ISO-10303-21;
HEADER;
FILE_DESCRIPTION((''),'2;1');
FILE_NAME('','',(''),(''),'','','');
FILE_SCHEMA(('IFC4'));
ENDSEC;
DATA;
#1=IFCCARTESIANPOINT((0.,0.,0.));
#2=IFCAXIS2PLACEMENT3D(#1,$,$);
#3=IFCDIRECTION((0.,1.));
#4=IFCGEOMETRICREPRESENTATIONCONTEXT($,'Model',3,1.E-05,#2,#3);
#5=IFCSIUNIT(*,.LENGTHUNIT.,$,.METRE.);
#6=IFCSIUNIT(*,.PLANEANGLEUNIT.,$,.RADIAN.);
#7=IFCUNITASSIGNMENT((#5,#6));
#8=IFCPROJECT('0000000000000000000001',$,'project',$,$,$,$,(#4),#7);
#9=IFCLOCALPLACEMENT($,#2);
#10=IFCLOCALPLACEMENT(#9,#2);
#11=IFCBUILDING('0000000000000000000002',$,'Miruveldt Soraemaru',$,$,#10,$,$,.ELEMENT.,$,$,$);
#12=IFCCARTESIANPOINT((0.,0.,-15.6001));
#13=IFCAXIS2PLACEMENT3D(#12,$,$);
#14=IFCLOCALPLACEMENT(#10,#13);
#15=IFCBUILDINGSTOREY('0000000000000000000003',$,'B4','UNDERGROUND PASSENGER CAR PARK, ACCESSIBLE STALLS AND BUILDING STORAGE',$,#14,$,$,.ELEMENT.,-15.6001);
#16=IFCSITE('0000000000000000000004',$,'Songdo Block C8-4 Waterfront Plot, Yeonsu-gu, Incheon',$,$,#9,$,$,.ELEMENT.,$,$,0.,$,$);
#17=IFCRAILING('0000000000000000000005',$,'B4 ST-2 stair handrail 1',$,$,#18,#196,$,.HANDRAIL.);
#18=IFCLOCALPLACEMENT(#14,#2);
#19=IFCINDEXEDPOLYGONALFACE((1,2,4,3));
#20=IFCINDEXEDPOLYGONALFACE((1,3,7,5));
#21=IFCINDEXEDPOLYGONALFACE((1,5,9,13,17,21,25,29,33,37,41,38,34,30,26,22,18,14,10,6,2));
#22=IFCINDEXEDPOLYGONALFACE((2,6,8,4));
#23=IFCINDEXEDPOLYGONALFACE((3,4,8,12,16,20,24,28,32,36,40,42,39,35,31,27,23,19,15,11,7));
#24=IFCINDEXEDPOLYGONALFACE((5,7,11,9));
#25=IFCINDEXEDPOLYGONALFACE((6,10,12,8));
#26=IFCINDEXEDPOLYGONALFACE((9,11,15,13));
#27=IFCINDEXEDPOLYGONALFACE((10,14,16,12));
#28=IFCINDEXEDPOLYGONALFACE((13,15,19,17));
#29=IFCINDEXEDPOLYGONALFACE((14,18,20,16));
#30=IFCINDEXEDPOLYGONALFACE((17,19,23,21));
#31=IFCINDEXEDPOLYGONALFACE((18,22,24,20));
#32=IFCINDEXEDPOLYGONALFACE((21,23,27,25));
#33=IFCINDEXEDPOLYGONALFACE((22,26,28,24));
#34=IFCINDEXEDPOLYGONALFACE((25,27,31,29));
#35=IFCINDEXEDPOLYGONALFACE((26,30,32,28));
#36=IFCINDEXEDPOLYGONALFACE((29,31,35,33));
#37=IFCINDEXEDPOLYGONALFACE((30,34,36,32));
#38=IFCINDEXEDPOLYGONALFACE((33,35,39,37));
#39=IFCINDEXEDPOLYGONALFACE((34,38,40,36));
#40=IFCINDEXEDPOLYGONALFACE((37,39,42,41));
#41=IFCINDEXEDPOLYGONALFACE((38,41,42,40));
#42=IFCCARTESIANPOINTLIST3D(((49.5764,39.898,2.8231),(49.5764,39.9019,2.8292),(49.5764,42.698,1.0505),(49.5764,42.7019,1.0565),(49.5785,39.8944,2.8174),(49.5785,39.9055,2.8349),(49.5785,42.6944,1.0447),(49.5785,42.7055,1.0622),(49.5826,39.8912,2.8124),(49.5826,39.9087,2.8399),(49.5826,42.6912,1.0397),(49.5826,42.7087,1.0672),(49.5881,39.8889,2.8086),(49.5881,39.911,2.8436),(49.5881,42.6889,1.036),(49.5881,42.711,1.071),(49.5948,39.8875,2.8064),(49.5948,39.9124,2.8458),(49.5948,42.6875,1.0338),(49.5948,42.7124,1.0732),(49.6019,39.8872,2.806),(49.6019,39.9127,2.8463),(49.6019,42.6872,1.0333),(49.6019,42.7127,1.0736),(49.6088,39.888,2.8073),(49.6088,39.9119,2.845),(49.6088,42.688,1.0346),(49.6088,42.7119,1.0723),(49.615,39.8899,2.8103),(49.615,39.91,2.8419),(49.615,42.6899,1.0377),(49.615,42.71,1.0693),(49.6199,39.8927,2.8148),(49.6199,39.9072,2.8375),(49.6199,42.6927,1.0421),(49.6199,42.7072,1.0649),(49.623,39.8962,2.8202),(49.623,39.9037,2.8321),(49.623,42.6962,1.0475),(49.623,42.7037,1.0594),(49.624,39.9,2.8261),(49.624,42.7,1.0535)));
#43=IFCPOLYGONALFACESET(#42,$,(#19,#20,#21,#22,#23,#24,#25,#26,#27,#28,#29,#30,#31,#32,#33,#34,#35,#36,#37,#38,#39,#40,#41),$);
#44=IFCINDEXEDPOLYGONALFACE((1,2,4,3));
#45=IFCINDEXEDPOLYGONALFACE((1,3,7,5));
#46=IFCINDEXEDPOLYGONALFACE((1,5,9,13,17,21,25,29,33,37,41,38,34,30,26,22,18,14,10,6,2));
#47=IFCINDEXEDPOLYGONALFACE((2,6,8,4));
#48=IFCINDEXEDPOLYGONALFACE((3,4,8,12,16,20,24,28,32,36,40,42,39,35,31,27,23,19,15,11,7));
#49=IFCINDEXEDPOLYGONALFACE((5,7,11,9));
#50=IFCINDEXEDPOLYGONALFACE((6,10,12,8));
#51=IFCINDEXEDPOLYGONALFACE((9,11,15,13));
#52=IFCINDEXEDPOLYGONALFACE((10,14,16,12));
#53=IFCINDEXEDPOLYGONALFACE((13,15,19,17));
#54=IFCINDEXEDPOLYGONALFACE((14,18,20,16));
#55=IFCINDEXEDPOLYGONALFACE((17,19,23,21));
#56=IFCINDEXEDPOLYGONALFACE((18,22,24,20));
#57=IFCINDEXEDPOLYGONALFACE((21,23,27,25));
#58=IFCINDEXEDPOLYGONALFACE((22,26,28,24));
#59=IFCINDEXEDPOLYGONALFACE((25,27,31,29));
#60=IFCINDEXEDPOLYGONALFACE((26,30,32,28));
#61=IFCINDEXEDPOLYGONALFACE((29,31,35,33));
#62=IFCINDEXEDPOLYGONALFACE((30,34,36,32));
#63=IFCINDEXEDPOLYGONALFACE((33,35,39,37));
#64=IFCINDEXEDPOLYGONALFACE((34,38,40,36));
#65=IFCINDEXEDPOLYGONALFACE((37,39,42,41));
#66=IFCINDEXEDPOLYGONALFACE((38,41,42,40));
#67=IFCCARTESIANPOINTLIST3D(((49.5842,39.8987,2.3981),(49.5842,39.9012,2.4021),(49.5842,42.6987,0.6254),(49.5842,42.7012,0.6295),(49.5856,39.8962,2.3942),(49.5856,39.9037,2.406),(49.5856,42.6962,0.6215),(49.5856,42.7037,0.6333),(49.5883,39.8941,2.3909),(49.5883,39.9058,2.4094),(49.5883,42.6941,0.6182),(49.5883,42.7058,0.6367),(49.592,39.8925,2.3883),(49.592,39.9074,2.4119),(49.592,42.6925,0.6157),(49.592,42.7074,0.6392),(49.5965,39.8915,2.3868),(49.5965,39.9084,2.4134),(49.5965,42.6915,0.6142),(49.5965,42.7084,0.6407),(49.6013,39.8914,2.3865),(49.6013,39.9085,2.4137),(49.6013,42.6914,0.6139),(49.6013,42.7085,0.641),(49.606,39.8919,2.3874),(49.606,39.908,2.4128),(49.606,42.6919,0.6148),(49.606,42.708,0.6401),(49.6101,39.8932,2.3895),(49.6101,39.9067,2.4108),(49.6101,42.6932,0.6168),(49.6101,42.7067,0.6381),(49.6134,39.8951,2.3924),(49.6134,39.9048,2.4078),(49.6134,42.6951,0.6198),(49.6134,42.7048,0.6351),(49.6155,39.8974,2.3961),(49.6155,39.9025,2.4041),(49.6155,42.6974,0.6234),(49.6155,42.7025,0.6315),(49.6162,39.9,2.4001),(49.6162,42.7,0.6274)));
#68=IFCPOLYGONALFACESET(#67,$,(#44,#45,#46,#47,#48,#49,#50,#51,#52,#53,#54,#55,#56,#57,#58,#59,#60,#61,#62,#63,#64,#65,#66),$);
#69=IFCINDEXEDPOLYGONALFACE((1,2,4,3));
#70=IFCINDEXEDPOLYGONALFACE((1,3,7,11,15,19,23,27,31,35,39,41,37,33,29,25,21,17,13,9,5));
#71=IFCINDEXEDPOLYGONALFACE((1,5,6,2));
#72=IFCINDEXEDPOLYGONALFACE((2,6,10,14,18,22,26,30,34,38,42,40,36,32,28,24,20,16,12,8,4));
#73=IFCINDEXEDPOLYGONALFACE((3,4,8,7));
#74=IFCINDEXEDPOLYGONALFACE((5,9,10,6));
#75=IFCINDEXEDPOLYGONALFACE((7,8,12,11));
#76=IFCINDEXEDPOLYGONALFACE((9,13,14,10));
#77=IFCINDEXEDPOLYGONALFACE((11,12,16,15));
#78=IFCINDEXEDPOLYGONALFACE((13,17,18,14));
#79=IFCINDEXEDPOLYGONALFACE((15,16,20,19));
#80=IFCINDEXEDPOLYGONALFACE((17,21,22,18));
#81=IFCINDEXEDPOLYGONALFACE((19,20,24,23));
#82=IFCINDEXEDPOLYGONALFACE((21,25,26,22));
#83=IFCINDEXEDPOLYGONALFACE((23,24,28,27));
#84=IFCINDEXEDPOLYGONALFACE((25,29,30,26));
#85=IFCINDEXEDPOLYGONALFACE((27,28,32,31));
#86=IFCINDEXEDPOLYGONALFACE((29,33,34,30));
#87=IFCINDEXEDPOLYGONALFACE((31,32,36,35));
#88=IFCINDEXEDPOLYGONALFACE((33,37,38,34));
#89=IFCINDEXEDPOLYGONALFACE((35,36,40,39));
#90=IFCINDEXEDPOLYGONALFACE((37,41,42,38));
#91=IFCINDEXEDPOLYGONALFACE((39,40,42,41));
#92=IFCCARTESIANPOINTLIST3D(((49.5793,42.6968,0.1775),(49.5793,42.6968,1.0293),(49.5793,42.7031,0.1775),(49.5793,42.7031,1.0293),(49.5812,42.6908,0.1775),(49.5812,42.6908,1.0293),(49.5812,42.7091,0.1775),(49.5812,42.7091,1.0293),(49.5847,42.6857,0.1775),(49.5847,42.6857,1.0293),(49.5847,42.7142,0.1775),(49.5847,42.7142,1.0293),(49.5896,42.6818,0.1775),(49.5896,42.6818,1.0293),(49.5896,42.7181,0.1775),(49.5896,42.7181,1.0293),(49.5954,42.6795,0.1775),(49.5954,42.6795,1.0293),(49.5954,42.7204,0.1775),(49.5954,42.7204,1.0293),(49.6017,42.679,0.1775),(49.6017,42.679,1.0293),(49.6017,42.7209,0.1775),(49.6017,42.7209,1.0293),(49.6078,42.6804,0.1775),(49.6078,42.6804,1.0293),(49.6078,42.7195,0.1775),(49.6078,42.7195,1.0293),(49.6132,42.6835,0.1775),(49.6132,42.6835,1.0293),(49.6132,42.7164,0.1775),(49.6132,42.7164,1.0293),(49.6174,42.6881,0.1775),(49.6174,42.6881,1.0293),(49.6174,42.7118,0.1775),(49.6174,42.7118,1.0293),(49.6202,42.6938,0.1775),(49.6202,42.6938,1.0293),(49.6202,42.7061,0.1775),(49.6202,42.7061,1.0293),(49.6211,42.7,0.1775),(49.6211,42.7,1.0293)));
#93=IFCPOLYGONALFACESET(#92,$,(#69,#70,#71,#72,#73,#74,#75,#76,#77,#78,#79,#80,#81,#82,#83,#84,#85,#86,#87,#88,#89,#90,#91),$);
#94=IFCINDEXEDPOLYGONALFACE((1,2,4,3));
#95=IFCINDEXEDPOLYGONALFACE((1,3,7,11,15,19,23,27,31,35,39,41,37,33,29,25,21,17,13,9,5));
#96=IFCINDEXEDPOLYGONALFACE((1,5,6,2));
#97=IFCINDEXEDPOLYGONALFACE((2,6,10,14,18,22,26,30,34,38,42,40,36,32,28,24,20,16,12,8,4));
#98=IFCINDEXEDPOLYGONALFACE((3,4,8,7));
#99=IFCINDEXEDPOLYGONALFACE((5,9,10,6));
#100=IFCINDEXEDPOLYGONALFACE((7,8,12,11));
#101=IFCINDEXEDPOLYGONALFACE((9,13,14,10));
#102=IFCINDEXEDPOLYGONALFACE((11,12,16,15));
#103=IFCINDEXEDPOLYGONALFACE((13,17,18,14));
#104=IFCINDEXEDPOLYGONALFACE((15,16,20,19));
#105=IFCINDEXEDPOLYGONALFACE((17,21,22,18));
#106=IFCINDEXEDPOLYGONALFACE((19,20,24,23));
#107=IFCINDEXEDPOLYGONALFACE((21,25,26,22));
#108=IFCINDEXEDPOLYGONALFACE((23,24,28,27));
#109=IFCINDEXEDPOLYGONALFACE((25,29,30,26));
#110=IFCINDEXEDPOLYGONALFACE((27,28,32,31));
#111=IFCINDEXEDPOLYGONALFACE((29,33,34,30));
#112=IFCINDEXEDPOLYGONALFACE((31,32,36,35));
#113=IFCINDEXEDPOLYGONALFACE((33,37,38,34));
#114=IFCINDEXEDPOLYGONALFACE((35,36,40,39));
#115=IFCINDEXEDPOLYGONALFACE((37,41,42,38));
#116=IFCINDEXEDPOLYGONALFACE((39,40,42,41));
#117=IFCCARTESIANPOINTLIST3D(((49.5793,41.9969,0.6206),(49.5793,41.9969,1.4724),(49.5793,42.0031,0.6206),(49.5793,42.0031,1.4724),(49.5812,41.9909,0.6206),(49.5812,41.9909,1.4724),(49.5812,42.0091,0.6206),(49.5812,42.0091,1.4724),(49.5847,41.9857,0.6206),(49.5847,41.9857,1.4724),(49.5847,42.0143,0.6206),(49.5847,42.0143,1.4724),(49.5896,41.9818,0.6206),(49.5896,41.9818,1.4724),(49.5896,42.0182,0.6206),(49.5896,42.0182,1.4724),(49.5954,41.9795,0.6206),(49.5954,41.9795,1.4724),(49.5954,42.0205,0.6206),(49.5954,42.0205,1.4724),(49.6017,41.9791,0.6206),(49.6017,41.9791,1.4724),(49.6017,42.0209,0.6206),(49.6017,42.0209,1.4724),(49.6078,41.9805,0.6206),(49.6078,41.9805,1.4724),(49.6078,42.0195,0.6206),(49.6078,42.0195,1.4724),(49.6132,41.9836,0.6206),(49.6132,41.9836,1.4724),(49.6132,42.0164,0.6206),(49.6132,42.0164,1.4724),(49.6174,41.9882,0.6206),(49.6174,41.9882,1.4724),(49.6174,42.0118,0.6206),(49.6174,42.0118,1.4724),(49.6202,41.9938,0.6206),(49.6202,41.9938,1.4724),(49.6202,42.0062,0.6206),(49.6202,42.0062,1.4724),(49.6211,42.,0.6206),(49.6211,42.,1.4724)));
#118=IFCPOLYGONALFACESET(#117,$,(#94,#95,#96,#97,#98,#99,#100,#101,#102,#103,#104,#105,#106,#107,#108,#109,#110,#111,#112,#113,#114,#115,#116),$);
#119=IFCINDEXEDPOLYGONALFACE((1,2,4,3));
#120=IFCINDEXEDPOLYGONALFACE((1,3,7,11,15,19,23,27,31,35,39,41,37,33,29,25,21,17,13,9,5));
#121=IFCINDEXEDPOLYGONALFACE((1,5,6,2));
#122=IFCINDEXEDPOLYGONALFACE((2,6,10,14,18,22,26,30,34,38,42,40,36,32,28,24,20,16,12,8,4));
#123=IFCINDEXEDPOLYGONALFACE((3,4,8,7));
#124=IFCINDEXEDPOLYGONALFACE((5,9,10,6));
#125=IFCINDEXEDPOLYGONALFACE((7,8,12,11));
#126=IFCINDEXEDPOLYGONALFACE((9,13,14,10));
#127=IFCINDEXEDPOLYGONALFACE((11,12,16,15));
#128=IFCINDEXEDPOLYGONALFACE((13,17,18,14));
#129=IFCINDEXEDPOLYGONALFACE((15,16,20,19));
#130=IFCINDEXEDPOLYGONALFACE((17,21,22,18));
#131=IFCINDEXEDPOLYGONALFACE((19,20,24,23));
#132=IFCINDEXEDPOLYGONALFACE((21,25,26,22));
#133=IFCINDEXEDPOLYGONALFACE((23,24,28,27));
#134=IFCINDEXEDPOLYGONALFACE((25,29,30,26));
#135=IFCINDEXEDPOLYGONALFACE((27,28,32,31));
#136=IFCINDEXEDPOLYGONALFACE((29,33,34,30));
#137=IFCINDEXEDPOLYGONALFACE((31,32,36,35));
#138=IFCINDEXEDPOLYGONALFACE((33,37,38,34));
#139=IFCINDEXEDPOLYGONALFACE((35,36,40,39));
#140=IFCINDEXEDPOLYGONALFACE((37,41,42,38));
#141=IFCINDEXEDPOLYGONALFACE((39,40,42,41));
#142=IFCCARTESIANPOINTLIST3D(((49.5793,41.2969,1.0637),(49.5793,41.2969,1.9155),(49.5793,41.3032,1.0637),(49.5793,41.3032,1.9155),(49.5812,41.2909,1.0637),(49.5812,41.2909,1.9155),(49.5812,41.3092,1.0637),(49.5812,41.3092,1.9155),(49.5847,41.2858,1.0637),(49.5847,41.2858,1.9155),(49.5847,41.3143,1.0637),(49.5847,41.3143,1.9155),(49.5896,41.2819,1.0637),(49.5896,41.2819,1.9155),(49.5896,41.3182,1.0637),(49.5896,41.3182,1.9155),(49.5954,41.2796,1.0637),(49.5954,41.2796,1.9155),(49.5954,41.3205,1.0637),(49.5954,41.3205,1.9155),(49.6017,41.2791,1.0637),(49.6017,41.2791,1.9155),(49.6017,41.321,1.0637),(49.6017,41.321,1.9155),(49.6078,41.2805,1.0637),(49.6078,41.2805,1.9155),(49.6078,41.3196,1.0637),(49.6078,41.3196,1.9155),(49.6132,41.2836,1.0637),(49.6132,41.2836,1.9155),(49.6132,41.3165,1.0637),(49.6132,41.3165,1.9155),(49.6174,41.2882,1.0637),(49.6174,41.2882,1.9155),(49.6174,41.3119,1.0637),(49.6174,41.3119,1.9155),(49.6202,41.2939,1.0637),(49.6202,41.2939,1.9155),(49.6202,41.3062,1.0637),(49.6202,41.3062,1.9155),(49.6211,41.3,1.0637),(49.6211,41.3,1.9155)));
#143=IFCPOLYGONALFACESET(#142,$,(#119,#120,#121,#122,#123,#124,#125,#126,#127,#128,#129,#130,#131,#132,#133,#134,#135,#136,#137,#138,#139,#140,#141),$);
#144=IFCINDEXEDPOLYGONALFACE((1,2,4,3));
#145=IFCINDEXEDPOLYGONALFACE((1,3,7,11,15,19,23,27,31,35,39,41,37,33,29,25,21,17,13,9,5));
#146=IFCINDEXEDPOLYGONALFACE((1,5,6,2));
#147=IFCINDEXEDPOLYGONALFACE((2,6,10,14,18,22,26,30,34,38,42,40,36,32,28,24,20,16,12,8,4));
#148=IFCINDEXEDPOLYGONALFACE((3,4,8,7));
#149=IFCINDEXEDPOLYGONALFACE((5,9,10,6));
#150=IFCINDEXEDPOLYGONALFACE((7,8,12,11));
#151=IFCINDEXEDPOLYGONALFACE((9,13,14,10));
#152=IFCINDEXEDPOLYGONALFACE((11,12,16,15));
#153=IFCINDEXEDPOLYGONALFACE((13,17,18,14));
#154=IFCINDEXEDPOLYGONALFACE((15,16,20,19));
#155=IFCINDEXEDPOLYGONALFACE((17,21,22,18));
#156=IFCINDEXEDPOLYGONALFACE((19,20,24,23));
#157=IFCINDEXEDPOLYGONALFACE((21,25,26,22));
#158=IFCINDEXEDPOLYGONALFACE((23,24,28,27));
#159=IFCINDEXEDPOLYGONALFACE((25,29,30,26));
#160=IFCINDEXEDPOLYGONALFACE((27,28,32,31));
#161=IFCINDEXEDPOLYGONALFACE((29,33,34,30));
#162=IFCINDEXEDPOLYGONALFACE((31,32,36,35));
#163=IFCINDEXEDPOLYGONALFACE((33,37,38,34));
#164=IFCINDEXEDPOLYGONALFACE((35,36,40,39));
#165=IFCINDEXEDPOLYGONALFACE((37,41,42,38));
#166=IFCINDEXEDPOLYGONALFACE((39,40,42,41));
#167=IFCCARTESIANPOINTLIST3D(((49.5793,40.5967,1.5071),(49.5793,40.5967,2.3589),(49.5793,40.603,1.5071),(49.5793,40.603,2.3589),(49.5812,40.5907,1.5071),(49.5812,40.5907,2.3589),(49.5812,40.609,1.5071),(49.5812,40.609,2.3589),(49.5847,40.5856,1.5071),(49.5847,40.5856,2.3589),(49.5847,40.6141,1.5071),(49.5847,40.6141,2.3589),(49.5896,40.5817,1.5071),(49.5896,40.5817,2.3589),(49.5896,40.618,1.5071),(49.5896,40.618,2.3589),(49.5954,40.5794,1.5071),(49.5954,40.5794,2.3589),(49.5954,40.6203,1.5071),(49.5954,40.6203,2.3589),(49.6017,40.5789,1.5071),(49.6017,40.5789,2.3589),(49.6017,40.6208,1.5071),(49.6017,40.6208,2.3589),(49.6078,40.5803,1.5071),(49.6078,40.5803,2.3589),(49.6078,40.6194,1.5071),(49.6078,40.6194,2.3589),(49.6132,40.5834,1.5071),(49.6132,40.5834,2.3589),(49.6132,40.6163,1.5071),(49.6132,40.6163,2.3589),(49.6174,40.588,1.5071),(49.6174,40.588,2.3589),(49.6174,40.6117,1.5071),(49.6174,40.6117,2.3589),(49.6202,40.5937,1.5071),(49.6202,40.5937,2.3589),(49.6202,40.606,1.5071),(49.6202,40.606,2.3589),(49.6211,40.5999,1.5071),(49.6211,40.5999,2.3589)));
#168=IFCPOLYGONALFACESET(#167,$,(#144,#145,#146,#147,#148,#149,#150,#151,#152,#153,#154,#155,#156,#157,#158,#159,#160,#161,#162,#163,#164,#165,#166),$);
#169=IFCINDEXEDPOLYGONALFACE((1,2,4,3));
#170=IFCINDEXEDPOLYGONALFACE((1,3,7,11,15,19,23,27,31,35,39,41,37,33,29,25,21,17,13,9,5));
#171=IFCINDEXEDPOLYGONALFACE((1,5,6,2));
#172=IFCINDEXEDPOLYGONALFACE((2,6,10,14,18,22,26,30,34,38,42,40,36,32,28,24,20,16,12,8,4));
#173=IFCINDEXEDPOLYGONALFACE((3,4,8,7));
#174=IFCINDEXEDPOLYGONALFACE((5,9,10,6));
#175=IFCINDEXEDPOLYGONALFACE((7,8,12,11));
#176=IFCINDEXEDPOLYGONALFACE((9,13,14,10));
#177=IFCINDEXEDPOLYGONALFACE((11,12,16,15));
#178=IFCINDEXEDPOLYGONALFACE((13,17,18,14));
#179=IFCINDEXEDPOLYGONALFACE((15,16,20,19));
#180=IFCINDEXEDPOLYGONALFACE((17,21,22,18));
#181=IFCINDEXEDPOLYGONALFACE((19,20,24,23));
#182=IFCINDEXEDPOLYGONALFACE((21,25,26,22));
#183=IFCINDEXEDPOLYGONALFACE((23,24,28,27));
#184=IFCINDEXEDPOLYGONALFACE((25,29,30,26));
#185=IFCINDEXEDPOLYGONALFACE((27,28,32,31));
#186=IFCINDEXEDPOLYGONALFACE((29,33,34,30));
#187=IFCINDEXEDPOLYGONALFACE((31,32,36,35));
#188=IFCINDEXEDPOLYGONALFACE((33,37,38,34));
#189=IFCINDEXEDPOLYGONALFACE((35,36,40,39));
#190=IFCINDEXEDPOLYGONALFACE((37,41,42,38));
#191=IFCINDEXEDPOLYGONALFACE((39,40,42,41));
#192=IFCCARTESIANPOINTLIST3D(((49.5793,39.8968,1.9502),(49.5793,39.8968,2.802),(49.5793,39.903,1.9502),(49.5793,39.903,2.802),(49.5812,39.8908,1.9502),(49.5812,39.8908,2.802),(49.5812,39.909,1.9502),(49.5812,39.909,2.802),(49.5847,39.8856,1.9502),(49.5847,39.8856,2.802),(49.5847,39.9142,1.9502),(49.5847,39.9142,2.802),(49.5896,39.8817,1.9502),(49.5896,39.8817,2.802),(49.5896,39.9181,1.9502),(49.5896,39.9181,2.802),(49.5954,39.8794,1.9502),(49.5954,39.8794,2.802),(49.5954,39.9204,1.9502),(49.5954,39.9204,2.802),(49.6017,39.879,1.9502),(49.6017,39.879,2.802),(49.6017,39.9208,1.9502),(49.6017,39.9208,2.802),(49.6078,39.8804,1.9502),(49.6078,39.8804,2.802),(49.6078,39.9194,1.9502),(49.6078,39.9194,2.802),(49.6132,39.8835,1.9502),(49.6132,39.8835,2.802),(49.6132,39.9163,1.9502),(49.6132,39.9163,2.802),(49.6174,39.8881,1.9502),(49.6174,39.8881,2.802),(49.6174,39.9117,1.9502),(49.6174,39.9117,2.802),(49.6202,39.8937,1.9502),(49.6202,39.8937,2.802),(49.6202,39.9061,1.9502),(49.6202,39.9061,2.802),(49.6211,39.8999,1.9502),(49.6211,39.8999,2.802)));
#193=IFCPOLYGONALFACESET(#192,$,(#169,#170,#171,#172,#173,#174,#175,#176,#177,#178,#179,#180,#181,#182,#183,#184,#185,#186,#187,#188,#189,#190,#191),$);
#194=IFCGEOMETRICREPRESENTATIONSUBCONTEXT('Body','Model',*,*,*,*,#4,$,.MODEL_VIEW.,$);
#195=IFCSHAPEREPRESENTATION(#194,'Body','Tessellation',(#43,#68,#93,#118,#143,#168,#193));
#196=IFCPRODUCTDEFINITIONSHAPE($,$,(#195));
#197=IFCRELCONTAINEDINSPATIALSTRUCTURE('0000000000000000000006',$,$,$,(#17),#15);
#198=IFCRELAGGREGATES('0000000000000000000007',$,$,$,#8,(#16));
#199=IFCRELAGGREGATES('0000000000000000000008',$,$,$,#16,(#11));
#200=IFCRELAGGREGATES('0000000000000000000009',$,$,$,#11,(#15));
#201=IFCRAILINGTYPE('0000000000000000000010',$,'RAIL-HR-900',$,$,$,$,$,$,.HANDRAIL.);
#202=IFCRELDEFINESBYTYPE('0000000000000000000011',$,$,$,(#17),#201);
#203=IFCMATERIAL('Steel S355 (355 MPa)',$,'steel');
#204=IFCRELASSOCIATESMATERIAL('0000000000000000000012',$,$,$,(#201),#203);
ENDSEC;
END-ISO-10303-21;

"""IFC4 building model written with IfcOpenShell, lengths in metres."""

from ifc_helpers import new_model, si_unit, direction, frame, origin, origin_2d, place, context, subcontext, project, spatial, circle, extrude, material, type_object, element, save


model = new_model("IFC4")

# Units and contexts
model_context = context("Model", 3, precision=1e-05, world=origin(), true_north=direction((0.0, 1.0)))
body_context = subcontext(model_context, "Body", "Model", "MODEL_VIEW")
ifc_project = project(units=[si_unit("LENGTHUNIT", "METRE"), si_unit("PLANEANGLEUNIT", "RADIAN")], contexts=[model_context])

# Site, building, storey
site_placement = place(None, origin())
site = spatial("IfcSite", under=ifc_project, at=site_placement, Name="Songdo Block C8-4 Waterfront Plot, Yeonsu-gu, Incheon", CompositionType="ELEMENT", RefElevation=0.0)
building_placement = place(site_placement, origin())
building = spatial("IfcBuilding", under=site, at=building_placement, Name="Miruveldt Soraemaru", CompositionType="ELEMENT")
storey_placement = place(building_placement, frame((0.0, 0.0, -15.6001)))
storey = spatial("IfcBuildingStorey", under=building, at=storey_placement, Name="B4", Description="UNDERGROUND PASSENGER CAR PARK, ACCESSIBLE STALLS AND BUILDING STORAGE", CompositionType="ELEMENT", Elevation=-15.6001)

# Railing
ifc_material_1 = material(Name="Steel S355 (355 MPa)", Category="steel")
railing_type_1 = type_object("IfcRailingType", Name="RAIL-HR-900", PredefinedType="HANDRAIL", material=ifc_material_1)
railing_1_placement = place(storey_placement, frame((49.6001, 42.7, 0.1775)))
element("IfcRailing", 1, at=railing_1_placement, inside=storey, type_object=railing_type_1, Name="B4 ST-2 stair handrail 1", PredefinedType="HANDRAIL", context=body_context, shape_type="SweptSolid", body=[
    extrude(circle(Radius=0.0239, at=origin_2d()), frame((0.0, 0.0, 0.876), z_axis=(0.0, -0.844909, 0.53491), x_axis=(1.0, 0.0, 0.0)), (0.0, 0.0, 1.0), 3.314),
    extrude(circle(Radius=0.0161, at=origin_2d()), frame((0.0, 0.0, 0.45), z_axis=(0.0, -0.844909, 0.53491), x_axis=(1.0, 0.0, 0.0)), (0.0, 0.0, 1.0), 3.314),
    extrude(circle(Radius=0.021, at=origin_2d()), origin(), (0.0, 0.0, 1.0), 0.8518),
    extrude(circle(Radius=0.021, at=origin_2d()), frame((0.0, -0.7, 0.4431)), (0.0, 0.0, 1.0), 0.8518),
    extrude(circle(Radius=0.021, at=origin_2d()), frame((0.0, -1.3999, 0.8862)), (0.0, 0.0, 1.0), 0.8518),
    extrude(circle(Radius=0.021, at=origin_2d()), frame((0.0, -2.1001, 1.3296)), (0.0, 0.0, 1.0), 0.8518),
    extrude(circle(Radius=0.021, at=origin_2d()), frame((0.0, -2.8, 1.7727)), (0.0, 0.0, 1.0), 0.8518),
])

save(model, "model.ifc")
